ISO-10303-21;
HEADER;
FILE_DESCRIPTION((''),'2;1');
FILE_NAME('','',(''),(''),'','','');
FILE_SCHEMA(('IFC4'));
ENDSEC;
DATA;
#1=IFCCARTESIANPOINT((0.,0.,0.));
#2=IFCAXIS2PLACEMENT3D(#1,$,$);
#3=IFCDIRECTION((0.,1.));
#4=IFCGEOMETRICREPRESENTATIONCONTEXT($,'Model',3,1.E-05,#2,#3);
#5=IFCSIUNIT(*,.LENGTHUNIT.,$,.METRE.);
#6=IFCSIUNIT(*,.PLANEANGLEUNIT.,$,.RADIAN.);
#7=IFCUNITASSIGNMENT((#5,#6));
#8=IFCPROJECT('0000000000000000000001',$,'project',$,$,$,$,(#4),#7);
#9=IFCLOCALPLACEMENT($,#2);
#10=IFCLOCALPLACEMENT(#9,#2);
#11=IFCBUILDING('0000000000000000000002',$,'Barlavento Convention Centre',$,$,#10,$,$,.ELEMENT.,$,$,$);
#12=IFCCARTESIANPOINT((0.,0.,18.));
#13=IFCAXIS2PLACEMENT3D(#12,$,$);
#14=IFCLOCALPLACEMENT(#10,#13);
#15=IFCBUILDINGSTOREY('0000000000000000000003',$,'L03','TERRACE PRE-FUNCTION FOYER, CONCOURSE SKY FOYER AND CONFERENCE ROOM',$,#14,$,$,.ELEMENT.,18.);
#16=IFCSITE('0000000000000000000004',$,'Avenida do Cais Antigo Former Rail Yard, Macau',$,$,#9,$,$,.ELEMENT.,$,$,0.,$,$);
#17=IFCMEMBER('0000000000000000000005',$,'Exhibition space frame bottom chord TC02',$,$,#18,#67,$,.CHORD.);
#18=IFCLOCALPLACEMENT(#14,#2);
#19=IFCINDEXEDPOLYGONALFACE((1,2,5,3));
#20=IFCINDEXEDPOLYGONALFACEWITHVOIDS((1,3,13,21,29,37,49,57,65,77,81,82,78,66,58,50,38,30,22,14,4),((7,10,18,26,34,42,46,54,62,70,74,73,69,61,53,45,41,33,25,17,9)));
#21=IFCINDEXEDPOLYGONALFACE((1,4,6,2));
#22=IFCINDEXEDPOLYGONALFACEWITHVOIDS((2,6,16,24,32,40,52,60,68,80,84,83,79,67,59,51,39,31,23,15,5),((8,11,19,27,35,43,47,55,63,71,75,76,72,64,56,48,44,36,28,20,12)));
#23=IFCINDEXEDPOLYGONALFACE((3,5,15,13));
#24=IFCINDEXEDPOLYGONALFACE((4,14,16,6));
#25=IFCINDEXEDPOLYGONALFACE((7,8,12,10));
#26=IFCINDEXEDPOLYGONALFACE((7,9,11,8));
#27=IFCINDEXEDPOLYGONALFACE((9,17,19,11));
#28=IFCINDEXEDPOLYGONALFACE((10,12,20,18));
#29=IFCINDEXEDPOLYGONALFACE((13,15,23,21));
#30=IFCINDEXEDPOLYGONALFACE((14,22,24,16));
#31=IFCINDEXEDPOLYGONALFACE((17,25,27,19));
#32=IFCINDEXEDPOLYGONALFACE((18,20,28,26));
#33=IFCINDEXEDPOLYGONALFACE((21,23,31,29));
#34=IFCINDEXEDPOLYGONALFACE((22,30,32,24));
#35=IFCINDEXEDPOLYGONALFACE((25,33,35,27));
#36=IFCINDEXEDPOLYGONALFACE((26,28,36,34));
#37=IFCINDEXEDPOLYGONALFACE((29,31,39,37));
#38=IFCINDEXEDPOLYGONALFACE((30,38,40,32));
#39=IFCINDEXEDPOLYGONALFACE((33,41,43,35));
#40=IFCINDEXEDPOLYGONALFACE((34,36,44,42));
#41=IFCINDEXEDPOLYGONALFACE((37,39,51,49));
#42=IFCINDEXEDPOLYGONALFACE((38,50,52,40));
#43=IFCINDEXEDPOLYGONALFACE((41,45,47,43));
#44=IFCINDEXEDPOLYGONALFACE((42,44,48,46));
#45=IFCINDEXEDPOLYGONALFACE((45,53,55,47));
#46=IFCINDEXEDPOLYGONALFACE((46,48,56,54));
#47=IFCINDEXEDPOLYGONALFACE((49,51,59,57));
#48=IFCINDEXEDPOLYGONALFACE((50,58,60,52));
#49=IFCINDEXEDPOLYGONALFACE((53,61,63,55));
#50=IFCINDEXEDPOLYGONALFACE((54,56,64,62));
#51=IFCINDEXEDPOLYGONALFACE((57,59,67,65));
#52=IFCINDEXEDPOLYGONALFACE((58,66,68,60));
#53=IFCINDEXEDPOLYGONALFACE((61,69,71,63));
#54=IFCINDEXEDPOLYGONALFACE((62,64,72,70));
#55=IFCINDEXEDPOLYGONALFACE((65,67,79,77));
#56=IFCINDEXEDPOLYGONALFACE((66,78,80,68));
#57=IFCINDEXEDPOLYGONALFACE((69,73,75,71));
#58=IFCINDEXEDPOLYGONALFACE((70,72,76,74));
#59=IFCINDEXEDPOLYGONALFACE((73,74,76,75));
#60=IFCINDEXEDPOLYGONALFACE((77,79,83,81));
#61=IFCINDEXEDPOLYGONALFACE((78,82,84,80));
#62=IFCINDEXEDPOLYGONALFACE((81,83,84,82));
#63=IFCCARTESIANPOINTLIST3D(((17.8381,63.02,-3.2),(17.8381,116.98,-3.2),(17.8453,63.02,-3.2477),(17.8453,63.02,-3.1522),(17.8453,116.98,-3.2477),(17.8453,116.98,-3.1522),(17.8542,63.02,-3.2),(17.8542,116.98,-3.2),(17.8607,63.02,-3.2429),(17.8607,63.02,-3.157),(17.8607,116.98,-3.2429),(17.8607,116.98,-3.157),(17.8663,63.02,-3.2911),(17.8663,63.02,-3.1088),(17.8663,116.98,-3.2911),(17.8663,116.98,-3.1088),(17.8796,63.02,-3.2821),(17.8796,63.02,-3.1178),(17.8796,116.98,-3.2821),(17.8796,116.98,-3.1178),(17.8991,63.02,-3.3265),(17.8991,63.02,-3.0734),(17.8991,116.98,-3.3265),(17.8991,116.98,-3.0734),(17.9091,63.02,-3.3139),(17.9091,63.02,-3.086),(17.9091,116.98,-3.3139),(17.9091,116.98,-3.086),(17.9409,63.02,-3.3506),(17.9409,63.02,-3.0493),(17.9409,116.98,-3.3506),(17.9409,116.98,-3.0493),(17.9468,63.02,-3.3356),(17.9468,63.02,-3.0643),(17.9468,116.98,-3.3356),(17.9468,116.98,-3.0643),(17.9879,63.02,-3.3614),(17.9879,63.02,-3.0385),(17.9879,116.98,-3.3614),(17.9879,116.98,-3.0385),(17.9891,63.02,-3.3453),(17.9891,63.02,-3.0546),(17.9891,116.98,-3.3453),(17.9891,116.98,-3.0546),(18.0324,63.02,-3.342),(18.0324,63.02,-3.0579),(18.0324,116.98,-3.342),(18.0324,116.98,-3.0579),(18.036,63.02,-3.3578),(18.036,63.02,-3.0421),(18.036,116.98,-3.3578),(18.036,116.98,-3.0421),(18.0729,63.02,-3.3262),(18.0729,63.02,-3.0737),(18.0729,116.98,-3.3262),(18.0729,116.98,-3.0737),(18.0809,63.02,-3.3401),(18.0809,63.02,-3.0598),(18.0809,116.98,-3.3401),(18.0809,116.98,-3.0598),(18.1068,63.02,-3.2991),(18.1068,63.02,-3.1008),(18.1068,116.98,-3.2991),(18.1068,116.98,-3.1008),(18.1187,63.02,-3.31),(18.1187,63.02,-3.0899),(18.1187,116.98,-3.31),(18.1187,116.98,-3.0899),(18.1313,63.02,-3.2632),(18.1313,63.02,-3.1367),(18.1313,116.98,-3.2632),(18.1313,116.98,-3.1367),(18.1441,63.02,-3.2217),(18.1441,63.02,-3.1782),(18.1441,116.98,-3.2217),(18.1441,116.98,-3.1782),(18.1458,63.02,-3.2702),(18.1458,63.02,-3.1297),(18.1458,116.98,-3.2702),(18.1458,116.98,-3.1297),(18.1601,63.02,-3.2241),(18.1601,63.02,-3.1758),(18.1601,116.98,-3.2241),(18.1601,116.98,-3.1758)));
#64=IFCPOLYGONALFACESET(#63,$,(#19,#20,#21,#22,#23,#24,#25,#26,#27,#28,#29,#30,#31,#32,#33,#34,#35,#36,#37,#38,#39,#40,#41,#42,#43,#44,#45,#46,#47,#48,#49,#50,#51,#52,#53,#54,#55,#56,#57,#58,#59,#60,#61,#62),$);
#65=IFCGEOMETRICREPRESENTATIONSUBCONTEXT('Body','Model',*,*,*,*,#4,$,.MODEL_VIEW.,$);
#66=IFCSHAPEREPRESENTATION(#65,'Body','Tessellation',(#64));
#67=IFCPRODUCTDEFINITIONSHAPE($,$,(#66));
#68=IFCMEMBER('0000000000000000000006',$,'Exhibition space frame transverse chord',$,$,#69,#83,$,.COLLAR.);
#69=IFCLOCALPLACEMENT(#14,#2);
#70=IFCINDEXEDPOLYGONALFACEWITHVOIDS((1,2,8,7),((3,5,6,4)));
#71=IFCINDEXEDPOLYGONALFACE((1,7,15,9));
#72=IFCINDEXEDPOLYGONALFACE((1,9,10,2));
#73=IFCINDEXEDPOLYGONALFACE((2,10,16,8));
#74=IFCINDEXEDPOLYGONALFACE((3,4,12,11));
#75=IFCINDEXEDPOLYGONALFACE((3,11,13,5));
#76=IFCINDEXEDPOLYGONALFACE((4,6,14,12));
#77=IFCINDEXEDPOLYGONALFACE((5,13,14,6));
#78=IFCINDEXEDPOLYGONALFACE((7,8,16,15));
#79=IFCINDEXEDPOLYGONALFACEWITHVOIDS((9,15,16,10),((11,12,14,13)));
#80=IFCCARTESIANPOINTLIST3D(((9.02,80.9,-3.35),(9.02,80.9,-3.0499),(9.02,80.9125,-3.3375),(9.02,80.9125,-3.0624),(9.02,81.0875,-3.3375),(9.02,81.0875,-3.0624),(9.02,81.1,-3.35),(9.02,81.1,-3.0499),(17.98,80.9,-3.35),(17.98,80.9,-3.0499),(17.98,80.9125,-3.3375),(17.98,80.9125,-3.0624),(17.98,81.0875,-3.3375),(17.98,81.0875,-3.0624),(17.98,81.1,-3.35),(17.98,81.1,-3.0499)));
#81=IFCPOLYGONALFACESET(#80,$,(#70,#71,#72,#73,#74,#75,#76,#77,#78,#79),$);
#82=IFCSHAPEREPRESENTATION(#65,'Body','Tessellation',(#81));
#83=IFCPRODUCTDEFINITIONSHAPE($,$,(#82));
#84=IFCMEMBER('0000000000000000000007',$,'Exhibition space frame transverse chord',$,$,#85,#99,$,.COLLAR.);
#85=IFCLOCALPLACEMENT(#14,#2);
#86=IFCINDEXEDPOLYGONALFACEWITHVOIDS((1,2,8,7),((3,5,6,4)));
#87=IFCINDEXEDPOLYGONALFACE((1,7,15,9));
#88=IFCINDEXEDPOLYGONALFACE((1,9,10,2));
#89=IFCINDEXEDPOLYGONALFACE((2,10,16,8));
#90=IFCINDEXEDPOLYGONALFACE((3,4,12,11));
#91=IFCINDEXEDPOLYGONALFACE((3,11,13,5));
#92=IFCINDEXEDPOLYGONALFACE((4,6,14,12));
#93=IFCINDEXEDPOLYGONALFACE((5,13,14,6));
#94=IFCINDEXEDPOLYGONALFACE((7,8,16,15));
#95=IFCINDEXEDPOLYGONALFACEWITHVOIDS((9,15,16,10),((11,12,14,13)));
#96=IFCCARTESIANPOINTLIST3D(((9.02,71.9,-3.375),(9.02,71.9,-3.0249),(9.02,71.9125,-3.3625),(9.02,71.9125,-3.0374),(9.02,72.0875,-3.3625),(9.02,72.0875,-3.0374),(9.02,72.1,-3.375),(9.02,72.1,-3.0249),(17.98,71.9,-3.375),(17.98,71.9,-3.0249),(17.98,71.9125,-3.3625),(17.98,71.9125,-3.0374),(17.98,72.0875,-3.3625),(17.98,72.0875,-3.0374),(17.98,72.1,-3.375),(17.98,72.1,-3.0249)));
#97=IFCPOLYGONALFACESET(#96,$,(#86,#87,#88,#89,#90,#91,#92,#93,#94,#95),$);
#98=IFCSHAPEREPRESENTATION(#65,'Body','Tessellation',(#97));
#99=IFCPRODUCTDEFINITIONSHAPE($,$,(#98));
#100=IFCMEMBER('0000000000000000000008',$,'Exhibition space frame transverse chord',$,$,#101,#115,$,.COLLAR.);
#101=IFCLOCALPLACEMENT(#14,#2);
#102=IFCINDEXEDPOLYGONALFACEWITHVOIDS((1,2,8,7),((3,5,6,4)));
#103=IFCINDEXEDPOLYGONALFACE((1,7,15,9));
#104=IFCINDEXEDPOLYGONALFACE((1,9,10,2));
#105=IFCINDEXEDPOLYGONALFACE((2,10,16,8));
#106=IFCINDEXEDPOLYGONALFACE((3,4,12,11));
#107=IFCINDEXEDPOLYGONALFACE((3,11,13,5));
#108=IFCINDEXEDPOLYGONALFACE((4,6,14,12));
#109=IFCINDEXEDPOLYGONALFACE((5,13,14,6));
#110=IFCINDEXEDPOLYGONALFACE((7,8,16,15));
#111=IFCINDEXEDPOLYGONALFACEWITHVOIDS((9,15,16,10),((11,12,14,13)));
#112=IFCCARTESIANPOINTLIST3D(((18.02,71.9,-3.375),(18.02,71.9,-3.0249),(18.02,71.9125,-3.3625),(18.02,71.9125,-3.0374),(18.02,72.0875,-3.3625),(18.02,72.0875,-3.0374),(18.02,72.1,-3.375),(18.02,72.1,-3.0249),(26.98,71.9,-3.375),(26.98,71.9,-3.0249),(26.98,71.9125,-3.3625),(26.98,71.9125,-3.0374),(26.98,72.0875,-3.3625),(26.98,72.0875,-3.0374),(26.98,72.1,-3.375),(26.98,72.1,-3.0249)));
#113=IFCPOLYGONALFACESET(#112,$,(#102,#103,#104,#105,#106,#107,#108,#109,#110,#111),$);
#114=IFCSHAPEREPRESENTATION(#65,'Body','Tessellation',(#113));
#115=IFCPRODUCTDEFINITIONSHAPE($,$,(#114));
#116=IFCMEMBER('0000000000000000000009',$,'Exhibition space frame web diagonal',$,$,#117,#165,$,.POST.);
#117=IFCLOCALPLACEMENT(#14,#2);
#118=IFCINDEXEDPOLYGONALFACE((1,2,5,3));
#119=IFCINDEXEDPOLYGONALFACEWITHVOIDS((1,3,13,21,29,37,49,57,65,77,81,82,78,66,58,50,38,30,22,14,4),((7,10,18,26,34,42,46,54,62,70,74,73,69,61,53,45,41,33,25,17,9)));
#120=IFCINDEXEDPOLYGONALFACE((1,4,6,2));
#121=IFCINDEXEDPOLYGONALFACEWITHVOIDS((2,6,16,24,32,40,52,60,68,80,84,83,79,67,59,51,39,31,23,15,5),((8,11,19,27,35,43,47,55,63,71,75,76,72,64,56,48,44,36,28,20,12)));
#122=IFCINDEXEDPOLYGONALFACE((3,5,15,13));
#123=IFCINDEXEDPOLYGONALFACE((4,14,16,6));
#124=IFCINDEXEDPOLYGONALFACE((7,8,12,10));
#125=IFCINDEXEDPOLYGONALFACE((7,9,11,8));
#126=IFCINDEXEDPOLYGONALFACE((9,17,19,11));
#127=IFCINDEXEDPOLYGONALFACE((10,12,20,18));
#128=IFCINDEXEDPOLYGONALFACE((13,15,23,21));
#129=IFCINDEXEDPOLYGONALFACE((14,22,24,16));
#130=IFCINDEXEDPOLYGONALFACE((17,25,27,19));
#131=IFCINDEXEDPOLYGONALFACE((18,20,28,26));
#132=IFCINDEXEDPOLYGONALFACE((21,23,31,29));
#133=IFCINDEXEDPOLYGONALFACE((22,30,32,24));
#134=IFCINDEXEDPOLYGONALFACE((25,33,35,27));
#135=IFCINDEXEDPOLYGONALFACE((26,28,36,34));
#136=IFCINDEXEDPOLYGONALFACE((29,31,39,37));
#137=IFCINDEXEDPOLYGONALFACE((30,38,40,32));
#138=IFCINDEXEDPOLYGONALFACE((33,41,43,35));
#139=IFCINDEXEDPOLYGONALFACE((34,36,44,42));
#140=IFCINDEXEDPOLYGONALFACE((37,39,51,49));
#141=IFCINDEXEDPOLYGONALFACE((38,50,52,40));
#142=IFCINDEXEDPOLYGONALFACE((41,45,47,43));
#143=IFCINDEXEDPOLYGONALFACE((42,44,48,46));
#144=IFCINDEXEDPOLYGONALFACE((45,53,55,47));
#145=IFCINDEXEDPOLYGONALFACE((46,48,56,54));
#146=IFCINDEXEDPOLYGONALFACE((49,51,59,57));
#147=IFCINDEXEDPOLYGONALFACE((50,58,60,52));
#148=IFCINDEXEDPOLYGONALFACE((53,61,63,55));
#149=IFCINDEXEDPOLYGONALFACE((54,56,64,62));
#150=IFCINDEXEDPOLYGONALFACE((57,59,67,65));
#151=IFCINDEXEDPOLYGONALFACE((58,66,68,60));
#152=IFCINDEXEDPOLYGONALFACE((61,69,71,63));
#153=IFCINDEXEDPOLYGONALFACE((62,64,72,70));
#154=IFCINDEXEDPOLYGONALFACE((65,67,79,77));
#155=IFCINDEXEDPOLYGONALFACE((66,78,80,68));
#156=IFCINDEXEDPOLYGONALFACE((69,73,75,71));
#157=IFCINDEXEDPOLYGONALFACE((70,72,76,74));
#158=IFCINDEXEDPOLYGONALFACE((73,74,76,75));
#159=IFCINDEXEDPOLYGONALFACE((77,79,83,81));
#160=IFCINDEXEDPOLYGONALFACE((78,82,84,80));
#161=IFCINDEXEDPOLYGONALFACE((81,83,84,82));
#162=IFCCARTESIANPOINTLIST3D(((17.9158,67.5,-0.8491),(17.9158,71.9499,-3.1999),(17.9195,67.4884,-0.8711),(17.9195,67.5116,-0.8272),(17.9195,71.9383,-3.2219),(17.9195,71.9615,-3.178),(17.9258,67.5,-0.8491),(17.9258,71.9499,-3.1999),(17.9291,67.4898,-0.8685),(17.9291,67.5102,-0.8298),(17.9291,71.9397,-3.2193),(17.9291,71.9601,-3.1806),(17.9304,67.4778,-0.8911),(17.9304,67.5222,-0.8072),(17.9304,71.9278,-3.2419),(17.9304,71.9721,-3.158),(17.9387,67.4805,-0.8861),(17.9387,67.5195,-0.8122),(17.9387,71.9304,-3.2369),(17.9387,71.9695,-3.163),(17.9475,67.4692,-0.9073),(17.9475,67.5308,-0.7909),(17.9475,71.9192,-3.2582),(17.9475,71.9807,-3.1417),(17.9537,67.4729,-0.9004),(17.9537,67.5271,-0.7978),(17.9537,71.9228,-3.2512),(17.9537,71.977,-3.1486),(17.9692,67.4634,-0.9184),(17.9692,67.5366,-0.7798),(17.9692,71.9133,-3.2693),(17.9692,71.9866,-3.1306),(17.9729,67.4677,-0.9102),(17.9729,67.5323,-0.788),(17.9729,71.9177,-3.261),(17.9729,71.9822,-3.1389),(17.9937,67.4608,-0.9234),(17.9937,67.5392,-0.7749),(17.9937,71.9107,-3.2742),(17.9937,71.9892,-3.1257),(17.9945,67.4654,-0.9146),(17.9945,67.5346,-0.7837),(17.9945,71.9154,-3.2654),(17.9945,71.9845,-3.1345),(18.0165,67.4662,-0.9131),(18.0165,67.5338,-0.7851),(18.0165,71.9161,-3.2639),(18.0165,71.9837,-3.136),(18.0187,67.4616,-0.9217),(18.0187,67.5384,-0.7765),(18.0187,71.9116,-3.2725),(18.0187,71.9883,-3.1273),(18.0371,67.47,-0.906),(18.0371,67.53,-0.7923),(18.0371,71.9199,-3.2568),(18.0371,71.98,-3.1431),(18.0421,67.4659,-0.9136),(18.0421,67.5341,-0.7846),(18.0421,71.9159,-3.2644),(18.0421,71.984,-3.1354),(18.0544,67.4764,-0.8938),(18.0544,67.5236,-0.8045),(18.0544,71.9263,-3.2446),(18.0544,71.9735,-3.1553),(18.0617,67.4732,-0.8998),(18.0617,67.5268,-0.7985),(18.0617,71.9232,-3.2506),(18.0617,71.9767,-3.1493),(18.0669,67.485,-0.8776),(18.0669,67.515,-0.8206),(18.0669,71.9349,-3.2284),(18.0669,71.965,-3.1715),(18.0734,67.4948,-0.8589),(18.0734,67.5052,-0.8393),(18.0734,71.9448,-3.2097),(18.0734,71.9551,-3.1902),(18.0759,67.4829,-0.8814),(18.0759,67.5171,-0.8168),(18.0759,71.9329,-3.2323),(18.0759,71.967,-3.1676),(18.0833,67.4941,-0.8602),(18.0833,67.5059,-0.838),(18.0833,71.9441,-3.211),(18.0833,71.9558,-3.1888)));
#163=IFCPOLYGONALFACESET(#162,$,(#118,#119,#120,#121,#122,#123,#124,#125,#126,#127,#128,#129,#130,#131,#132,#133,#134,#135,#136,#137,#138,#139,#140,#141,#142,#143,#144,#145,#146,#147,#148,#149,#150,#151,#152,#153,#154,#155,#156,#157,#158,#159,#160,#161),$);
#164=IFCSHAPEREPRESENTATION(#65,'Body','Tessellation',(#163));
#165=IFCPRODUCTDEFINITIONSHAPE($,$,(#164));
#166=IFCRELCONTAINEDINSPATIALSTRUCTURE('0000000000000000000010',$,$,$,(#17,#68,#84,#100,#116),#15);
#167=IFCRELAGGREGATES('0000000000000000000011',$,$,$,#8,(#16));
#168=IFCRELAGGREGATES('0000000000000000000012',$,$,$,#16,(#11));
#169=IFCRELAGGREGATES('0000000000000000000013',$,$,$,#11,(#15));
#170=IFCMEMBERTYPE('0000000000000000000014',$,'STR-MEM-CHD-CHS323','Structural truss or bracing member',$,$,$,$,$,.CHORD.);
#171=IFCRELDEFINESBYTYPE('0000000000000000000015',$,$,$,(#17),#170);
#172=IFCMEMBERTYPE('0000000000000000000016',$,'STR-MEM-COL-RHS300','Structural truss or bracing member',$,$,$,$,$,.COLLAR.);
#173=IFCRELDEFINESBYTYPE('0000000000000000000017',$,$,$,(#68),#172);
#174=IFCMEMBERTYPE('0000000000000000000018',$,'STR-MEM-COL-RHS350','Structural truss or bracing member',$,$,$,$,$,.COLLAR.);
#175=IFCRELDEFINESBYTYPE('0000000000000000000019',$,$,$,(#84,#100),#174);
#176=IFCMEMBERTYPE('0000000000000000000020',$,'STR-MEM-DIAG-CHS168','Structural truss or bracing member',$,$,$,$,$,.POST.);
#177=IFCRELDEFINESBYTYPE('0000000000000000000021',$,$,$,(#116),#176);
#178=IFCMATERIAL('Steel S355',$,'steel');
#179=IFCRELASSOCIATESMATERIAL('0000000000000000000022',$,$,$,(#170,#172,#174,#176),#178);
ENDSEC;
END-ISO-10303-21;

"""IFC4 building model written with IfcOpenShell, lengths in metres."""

from ifc_helpers import new_model, si_unit, direction, frame, origin, origin_2d, place, context, subcontext, project, spatial, hollow_rectangle, hollow_circle, extrude, material, material_profile, profile_set, type_object, element, save


model = new_model("IFC4")

# Units and contexts
model_context = context("Model", 3, precision=1e-05, world=origin(), true_north=direction((0.0, 1.0)))
body_context = subcontext(model_context, "Body", "Model", "MODEL_VIEW")
ifc_project = project(units=[si_unit("LENGTHUNIT", "METRE"), si_unit("PLANEANGLEUNIT", "RADIAN")], contexts=[model_context])

# Site, building, storey
site_placement = place(None, origin())
site = spatial("IfcSite", under=ifc_project, at=site_placement, Name="Avenida do Cais Antigo Former Rail Yard, Macau", CompositionType="ELEMENT", RefElevation=0.0)
building_placement = place(site_placement, origin())
building = spatial("IfcBuilding", under=site, at=building_placement, Name="Barlavento Convention Centre", CompositionType="ELEMENT")
storey_placement = place(building_placement, frame((0.0, 0.0, 18.0)))
storey = spatial("IfcBuildingStorey", under=building, at=storey_placement, Name="L03", Description="TERRACE PRE-FUNCTION FOYER, CONCOURSE SKY FOYER AND CONFERENCE ROOM", CompositionType="ELEMENT", Elevation=18.0)

# Shared definitions
ifc_material_1 = material(Name="Steel S355", Category="steel")

# Members
ifc_material_profile_1 = material_profile(ifc_material_1, hollow_circle(Radius=0.1619, WallThickness=0.0161, at=origin_2d()), Name="CHS 323.9x16.0")
ifc_profile_set_1 = profile_set([ifc_material_profile_1], Name="Steel S355")
member_type_1 = type_object("IfcMemberType", Name="STR-MEM-CHD-CHS323", Description="Structural truss or bracing member", PredefinedType="CHORD", material=ifc_profile_set_1)
member_1_placement = place(storey_placement, frame((18.0, 63.02, -3.2), z_axis=(0.0, 1.0, 0.0), x_axis=(-1.0, 0.0, 0.0)))
element("IfcMember", 1, at=member_1_placement, inside=storey, type_object=member_type_1, Name="Exhibition space frame bottom chord TC02", PredefinedType="CHORD", context=body_context, shape_type="SweptSolid", body=[
    extrude(hollow_circle(Radius=0.1619, WallThickness=0.0161, at=origin_2d()), origin(), (0.0, 0.0, 1.0), 53.96),
])
ifc_material_profile_2 = material_profile(ifc_material_1, hollow_rectangle(XDim=0.2, YDim=0.3, WallThickness=0.0125, at=origin_2d()), Name="RHS 300x200x12.5")
ifc_profile_set_2 = profile_set([ifc_material_profile_2], Name="Steel S355")
member_type_2 = type_object("IfcMemberType", Name="STR-MEM-COL-RHS300", Description="Structural truss or bracing member", PredefinedType="COLLAR", material=ifc_profile_set_2)
member_2_placement = place(storey_placement, frame((9.02, 81.0, -3.2), z_axis=(1.0, 0.0, 0.0), x_axis=(0.0, 1.0, 0.0)))
element("IfcMember", 2, at=member_2_placement, inside=storey, type_object=member_type_2, Name="Exhibition space frame transverse chord", PredefinedType="COLLAR", context=body_context, shape_type="SweptSolid", body=[
    extrude(hollow_rectangle(XDim=0.2, YDim=0.3, WallThickness=0.0125, at=origin_2d()), origin(), (0.0, 0.0, 1.0), 8.96),
])
ifc_material_profile_3 = material_profile(ifc_material_1, hollow_rectangle(XDim=0.2, YDim=0.3501, WallThickness=0.0125, at=origin_2d()), Name="RHS 350x200x12.5")
ifc_profile_set_3 = profile_set([ifc_material_profile_3], Name="Steel S355")
member_type_3 = type_object("IfcMemberType", Name="STR-MEM-COL-RHS350", Description="Structural truss or bracing member", PredefinedType="COLLAR", material=ifc_profile_set_3)
for number, where, z_axis, x_axis, name in (
    (3, (9.02, 72.0, -3.2), (1.0, 0.0, 0.0), (0.0, 1.0, 0.0), "Exhibition space frame transverse chord"),
    (4, (18.02, 72.0, -3.2), (1.0, 0.0, 0.0), (0.0, 1.0, 0.0), "Exhibition space frame transverse chord"),
):
    element("IfcMember", number, at=place(storey_placement, frame(where, z_axis=z_axis, x_axis=x_axis)), inside=storey, type_object=member_type_3, Name=name, PredefinedType="COLLAR", context=body_context, shape_type="SweptSolid", body=[
        extrude(hollow_rectangle(XDim=0.2, YDim=0.3501, WallThickness=0.0125, at=origin_2d()), origin(), (0.0, 0.0, 1.0), 8.96),
    ])
ifc_material_profile_4 = material_profile(ifc_material_1, hollow_circle(Radius=0.0842, WallThickness=0.01, at=origin_2d()), Name="CHS 168.3x10.0")
ifc_profile_set_4 = profile_set([ifc_material_profile_4], Name="Steel S355")
member_type_4 = type_object("IfcMemberType", Name="STR-MEM-DIAG-CHS168", Description="Structural truss or bracing member", PredefinedType="POST", material=ifc_profile_set_4)
for number, where, z_axis, x_axis, name in (
    (5, (18.0, 67.5, -0.8491), (0.0, 0.884201, -0.467107), (-1.0, 0.0, 0.0), "Exhibition space frame web diagonal"),
):
    element("IfcMember", number, at=place(storey_placement, frame(where, z_axis=z_axis, x_axis=x_axis)), inside=storey, type_object=member_type_4, Name=name, PredefinedType="POST", context=body_context, shape_type="SweptSolid", body=[
        extrude(hollow_circle(Radius=0.0842, WallThickness=0.01, at=origin_2d()), origin(), (0.0, 0.0, 1.0), 5.0327),
    ])

save(model, "model.ifc")
